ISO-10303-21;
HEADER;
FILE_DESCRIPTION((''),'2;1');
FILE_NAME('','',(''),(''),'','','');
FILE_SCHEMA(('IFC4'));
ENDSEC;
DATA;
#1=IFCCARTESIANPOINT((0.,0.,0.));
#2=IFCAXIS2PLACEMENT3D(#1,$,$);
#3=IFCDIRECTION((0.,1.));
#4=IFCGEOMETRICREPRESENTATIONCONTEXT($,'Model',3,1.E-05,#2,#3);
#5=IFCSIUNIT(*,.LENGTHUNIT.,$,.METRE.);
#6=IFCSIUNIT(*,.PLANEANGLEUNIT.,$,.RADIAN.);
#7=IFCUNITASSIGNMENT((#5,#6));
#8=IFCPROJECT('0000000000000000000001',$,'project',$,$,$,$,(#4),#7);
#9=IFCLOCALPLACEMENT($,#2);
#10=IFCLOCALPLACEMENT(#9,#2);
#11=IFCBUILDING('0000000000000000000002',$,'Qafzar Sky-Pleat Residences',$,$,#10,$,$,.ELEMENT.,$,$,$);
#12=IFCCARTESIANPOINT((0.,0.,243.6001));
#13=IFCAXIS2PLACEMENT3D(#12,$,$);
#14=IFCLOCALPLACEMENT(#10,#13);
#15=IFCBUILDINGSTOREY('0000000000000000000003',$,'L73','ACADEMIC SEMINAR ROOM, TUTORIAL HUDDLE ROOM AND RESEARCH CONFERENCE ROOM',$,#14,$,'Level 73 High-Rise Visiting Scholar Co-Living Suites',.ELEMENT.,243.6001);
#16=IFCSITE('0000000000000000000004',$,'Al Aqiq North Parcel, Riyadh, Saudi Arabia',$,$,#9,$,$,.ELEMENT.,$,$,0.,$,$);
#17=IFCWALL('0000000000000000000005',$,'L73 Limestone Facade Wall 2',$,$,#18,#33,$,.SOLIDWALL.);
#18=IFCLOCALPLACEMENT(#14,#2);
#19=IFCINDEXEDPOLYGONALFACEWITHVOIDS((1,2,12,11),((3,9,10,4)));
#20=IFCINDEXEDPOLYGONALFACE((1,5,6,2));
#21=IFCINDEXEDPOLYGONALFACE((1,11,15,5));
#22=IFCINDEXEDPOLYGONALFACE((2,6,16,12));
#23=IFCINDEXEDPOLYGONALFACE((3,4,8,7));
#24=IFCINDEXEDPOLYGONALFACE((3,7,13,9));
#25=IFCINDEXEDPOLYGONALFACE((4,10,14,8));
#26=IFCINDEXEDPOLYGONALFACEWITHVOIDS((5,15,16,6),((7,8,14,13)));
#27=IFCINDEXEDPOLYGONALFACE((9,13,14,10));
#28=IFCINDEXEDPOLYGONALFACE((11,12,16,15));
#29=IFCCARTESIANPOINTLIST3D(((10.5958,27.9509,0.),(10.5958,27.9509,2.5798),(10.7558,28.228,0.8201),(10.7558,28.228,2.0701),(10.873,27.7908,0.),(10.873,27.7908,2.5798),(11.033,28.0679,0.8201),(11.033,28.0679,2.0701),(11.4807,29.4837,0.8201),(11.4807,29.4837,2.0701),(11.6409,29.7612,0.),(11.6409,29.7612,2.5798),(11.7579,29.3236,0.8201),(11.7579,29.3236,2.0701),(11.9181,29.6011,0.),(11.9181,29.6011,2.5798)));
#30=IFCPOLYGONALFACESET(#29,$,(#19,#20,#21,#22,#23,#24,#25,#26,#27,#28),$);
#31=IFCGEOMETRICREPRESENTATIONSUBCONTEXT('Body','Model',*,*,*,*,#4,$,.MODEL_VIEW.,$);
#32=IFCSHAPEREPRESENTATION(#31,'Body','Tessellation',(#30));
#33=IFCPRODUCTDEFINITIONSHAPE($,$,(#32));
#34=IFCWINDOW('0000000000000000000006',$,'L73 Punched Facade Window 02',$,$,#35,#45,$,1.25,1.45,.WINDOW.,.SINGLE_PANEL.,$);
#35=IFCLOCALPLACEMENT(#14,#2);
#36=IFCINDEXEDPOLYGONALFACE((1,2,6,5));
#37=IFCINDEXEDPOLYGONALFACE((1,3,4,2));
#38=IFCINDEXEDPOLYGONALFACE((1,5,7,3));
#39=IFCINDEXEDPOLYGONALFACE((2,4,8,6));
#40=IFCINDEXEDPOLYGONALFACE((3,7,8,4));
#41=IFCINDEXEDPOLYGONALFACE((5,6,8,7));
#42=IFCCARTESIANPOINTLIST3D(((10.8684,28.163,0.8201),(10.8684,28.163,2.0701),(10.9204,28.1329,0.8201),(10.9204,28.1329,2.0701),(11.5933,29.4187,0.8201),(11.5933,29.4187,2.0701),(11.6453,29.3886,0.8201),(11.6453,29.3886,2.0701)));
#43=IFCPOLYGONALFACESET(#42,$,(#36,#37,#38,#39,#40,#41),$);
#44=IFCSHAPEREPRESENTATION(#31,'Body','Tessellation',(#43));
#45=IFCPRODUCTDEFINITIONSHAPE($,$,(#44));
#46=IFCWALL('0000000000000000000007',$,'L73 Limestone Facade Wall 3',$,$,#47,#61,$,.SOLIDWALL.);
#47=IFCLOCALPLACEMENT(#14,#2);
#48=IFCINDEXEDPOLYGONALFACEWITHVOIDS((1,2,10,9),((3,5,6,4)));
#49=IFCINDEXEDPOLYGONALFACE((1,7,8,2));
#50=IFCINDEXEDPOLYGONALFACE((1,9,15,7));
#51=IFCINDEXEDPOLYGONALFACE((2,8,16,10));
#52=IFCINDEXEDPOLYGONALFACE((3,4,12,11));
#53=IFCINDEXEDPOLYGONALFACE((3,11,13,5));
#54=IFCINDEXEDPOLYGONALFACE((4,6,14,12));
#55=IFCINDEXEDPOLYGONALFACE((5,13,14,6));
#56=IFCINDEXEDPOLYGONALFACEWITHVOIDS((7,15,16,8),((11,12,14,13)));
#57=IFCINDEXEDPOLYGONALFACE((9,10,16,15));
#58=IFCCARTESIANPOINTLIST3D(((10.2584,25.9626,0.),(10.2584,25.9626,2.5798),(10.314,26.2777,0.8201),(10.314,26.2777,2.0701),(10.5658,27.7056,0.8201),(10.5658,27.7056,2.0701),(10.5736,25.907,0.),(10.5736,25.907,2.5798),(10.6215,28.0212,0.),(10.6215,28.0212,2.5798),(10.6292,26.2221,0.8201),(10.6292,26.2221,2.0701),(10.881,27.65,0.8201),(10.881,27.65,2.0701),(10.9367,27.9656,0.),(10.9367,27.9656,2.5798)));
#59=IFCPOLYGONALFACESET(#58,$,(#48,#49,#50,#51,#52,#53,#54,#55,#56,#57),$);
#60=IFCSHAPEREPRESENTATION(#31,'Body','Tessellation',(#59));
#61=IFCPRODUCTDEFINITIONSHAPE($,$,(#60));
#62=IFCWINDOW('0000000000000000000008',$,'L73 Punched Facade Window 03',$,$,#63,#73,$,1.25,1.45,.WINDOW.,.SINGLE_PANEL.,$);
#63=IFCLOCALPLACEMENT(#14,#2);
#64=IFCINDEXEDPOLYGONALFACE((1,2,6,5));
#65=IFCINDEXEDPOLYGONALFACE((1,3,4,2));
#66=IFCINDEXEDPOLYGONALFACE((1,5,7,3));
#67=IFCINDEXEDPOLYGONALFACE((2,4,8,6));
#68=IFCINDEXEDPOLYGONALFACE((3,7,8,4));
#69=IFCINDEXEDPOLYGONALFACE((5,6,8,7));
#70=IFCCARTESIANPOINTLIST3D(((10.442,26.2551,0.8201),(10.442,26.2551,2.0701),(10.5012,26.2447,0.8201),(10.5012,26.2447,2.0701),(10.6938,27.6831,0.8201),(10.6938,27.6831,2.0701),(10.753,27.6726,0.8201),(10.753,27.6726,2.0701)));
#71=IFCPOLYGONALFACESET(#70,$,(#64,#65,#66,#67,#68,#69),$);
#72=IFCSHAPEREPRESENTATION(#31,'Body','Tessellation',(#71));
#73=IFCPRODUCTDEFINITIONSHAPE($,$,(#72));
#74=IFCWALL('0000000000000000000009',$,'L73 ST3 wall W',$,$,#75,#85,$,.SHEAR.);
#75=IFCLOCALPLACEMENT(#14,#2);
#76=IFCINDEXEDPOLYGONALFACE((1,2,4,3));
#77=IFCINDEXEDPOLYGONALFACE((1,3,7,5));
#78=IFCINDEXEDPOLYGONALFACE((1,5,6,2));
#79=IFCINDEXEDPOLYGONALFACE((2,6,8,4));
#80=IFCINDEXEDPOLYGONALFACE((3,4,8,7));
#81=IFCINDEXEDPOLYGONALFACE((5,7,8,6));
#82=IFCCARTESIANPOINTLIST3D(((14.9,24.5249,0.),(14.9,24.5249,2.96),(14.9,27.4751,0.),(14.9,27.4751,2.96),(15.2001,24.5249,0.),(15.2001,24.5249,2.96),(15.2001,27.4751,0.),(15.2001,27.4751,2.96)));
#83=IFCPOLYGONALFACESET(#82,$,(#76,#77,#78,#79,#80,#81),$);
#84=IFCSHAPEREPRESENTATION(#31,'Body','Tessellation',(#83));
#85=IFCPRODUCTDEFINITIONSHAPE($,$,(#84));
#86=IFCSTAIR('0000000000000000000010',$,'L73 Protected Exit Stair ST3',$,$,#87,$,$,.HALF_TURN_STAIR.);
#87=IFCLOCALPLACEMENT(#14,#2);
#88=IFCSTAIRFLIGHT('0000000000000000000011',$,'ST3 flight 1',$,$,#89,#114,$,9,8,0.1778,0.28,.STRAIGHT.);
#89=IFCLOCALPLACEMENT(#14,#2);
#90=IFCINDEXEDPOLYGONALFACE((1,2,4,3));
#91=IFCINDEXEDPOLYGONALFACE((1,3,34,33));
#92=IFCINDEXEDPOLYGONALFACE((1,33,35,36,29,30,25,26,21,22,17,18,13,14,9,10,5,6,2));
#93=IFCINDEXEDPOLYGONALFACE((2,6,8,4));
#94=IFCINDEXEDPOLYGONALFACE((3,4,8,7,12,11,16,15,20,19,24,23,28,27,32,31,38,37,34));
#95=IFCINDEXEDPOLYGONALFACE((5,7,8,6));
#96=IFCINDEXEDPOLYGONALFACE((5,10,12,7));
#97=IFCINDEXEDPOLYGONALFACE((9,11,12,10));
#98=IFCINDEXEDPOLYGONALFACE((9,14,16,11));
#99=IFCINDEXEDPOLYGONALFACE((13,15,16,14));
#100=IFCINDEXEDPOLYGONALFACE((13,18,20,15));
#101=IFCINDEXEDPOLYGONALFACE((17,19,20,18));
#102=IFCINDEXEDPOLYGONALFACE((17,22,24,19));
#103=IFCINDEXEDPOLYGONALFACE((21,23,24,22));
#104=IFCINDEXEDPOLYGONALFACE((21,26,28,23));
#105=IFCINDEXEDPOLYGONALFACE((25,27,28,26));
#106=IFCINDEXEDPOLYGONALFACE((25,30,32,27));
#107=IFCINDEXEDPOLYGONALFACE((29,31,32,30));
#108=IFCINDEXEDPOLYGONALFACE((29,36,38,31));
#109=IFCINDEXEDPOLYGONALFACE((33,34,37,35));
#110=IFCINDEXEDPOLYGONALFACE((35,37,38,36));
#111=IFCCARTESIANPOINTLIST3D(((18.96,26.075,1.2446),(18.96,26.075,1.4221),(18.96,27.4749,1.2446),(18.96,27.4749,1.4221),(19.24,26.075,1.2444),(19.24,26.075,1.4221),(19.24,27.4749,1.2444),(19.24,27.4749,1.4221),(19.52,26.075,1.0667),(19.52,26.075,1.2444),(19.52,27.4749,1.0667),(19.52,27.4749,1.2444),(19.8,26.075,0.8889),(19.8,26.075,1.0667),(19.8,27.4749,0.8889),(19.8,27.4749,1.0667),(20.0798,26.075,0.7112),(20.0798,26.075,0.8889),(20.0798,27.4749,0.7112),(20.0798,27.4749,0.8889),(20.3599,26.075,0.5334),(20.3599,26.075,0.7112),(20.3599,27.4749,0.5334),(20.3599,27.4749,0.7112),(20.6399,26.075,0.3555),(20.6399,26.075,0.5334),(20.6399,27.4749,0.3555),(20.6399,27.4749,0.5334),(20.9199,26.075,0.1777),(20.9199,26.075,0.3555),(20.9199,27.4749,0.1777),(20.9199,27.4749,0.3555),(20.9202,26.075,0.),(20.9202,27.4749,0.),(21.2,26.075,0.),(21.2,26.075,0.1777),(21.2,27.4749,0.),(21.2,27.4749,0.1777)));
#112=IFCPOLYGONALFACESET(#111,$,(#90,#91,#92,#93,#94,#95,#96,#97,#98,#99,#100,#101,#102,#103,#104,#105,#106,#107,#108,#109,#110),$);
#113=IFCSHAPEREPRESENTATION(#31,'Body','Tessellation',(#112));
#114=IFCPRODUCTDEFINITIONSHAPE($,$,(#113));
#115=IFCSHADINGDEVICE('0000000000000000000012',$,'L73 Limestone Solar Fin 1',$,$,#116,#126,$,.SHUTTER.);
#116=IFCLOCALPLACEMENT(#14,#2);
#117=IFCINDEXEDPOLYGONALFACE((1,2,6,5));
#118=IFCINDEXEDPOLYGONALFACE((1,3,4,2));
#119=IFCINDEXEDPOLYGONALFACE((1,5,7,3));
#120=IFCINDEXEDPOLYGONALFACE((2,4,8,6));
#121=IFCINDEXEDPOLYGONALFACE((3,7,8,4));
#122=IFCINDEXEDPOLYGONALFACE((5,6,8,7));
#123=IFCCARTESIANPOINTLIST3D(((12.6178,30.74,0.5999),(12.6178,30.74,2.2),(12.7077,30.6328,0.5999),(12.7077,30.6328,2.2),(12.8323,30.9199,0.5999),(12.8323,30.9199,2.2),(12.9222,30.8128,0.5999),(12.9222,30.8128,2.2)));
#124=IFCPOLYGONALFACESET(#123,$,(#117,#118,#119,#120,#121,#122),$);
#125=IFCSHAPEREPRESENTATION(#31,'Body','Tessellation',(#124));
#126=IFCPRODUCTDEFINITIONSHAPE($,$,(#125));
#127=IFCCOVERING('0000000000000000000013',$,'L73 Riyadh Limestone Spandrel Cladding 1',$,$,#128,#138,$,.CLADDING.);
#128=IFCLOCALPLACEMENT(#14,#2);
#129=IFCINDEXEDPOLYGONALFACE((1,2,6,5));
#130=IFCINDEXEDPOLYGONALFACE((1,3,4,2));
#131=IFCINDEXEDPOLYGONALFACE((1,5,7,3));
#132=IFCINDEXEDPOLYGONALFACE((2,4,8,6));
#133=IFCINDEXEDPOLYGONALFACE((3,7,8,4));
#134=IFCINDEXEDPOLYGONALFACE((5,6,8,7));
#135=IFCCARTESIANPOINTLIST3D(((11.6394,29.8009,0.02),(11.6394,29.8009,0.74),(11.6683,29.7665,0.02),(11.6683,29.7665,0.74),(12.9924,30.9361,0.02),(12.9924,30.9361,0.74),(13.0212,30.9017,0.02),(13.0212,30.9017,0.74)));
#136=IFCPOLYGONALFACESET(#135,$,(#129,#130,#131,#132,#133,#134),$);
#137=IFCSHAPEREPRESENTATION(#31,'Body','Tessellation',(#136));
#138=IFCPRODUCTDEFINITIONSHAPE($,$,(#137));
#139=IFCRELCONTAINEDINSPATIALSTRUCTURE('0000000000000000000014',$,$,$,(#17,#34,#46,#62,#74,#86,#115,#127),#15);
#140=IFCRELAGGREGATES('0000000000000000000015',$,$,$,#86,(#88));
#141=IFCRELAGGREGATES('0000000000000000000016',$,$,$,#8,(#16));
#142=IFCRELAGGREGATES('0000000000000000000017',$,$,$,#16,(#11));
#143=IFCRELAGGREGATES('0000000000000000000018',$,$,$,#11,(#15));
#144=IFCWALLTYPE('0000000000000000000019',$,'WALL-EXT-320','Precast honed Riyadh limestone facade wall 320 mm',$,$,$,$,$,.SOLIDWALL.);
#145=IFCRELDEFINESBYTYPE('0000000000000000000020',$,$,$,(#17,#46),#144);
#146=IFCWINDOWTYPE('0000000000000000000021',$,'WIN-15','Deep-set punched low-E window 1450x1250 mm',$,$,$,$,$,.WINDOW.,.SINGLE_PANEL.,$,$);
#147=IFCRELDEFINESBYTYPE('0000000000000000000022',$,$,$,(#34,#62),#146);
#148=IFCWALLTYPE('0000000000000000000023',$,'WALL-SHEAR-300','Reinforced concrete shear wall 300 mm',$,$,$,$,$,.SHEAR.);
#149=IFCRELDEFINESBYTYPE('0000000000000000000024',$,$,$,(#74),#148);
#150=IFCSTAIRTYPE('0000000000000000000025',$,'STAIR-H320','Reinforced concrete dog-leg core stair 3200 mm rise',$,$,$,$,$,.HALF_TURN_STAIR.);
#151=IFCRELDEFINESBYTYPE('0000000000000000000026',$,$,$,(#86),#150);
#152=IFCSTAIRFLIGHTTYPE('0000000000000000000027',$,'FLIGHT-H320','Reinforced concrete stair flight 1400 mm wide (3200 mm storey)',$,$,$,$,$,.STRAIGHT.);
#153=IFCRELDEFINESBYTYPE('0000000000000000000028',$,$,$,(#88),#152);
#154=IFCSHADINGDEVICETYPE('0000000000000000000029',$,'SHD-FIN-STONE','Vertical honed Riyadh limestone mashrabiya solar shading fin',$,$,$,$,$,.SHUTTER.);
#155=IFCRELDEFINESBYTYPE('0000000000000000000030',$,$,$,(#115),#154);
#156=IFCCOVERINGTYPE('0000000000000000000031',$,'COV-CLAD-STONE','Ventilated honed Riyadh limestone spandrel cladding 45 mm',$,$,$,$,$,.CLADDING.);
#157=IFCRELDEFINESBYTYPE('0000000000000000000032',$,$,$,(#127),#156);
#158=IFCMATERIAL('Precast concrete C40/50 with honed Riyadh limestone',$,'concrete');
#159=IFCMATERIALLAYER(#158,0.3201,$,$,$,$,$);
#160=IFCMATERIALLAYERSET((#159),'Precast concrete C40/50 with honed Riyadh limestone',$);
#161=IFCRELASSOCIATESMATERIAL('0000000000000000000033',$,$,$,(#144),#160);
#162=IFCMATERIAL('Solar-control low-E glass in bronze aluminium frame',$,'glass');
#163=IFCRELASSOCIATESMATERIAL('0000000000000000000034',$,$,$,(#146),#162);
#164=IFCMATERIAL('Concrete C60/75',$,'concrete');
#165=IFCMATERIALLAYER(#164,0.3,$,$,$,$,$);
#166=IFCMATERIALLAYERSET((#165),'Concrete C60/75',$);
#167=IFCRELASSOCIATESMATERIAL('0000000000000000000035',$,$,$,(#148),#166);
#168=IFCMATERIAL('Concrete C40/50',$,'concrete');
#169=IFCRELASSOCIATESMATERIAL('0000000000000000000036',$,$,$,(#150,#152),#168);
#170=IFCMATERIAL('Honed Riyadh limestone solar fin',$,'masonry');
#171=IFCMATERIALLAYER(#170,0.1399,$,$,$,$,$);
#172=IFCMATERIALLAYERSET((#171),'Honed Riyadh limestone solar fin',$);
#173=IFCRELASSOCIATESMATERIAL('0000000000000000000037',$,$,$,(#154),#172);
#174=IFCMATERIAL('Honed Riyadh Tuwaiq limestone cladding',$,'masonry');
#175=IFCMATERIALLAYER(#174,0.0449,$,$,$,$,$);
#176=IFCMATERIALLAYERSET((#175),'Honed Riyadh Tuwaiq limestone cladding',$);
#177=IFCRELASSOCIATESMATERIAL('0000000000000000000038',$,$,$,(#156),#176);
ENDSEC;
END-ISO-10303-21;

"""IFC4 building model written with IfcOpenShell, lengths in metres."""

from ifc_helpers import new_model, si_unit, direction, frame, frame_2d, origin, origin_2d, place, context, subcontext, project, spatial, polyline, rectangle, outline, extrude, source, transform, mapped, material, layer, layer_set, type_object, element, fill, aggregate, save


model = new_model("IFC4")

# Units and contexts
model_context = context("Model", 3, precision=1e-05, world=origin(), true_north=direction((0.0, 1.0)))
body_context = subcontext(model_context, "Body", "Model", "MODEL_VIEW")
ifc_project = project(units=[si_unit("LENGTHUNIT", "METRE"), si_unit("PLANEANGLEUNIT", "RADIAN")], contexts=[model_context])

# Site, building, storey
site_placement = place(None, origin())
site = spatial("IfcSite", under=ifc_project, at=site_placement, Name="Al Aqiq North Parcel, Riyadh, Saudi Arabia", CompositionType="ELEMENT", RefElevation=0.0)
building_placement = place(site_placement, origin())
building = spatial("IfcBuilding", under=site, at=building_placement, Name="Qafzar Sky-Pleat Residences", CompositionType="ELEMENT")
storey_placement = place(building_placement, frame((0.0, 0.0, 243.6001)))
storey = spatial("IfcBuildingStorey", under=building, at=storey_placement, Name="L73", Description="ACADEMIC SEMINAR ROOM, TUTORIAL HUDDLE ROOM AND RESEARCH CONFERENCE ROOM", LongName="Level 73 High-Rise Visiting Scholar Co-Living Suites", CompositionType="ELEMENT", Elevation=243.6001)

# Walls, openings, windows
ifc_material_1 = material(Name="Precast concrete C40/50 with honed Riyadh limestone", Category="concrete")
ifc_layer_1 = layer(ifc_material_1, 0.3201)
ifc_layer_set_1 = layer_set([ifc_layer_1], Name="Precast concrete C40/50 with honed Riyadh limestone")
wall_type_1 = type_object("IfcWallType", Name="WALL-EXT-320", Description="Precast honed Riyadh limestone facade wall 320 mm", PredefinedType="SOLIDWALL", material=ifc_layer_set_1)
ifc_material_2 = material(Name="Solar-control low-E glass in bronze aluminium frame", Category="glass")
wall_1_placement = place(storey_placement, frame((11.7795, 29.6812, 0.0), z_axis=(0.0, 0.0, 1.0), x_axis=(-0.499995, -0.866028, 0.0)))
wall_1 = element("IfcWall", 1, at=wall_1_placement, inside=storey, type_object=wall_type_1, Name="L73 Limestone Facade Wall 2", PredefinedType="SOLIDWALL", context=body_context, shape_type="SweptSolid", body=[
    extrude(rectangle(XDim=2.0903, YDim=0.3201, at=frame_2d((1.0452, 0.0))), origin(), (0.0, 0.0, 1.0), 2.5798),
])
opening_1_placement = place(wall_1_placement, frame((0.3203, 0.0, 0.8201)))
opening_1 = element("IfcOpeningElement", 2, at=opening_1_placement, cuts=wall_1, PredefinedType="OPENING", context=body_context, shape_type="SweptSolid", body=[
    extrude(rectangle(XDim=1.45, YDim=1.25, at=frame_2d((0.7251, 0.625))), frame((0.0, 0.1699, 0.0), z_axis=(0.0, -1.0, 0.0), x_axis=(1.0, 0.0, 0.0)), (0.0, 0.0, 1.0), 0.3401),
])
window_type_1 = type_object("IfcWindowType", Name="WIN-15", Description="Deep-set punched low-E window 1450x1250 mm", PartitioningType="SINGLE_PANEL", PredefinedType="WINDOW", material=ifc_material_2)
shared_shape_1 = source(origin(), body_context, "Body", "SweptSolid", [
    extrude(rectangle(XDim=1.45, YDim=1.25, at=frame_2d((0.7251, 0.625))), frame((0.0, 0.03, 0.0), z_axis=(0.0, -1.0, 0.0), x_axis=(1.0, 0.0, 0.0)), (0.0, 0.0, 1.0), 0.0601),
])
window_1_placement = place(opening_1_placement, origin())
window_1 = element("IfcWindow", 3, at=window_1_placement, inside=storey, type_object=window_type_1, Name="L73 Punched Facade Window 02", OverallHeight=1.25, OverallWidth=1.45, PartitioningType="SINGLE_PANEL", PredefinedType="WINDOW", context=body_context, shape_type="MappedRepresentation", body=[
    mapped(shared_shape_1, transform((0.0, 0.0, 0.0), x_axis=(1.0, 0.0, 0.0), y_axis=(0.0, 1.0, 0.0), z_axis=(0.0, 0.0, 1.0), scale=1.0)),
])
fill(opening_1, window_1)
wall_2_placement = place(storey_placement, frame((10.7791, 27.9934, 0.0), z_axis=(0.0, 0.0, 1.0), x_axis=(-0.173672, -0.984804, 0.0)))
wall_2 = element("IfcWall", 4, at=wall_2_placement, inside=storey, type_object=wall_type_1, Name="L73 Limestone Facade Wall 3", PredefinedType="SOLIDWALL", context=body_context, shape_type="SweptSolid", body=[
    extrude(rectangle(XDim=2.0903, YDim=0.3201, at=frame_2d((1.0452, 0.0))), origin(), (0.0, 0.0, 1.0), 2.5798),
])
opening_2_placement = place(wall_2_placement, frame((0.3203, 0.0, 0.8201)))
opening_2 = element("IfcOpeningElement", 5, at=opening_2_placement, cuts=wall_2, PredefinedType="OPENING", context=body_context, shape_type="SweptSolid", body=[
    extrude(rectangle(XDim=1.45, YDim=1.25, at=frame_2d((0.7251, 0.625))), frame((0.0, 0.1699, 0.0), z_axis=(0.0, -1.0, 0.0), x_axis=(1.0, 0.0, 0.0)), (0.0, 0.0, 1.0), 0.3401),
])
window_2_placement = place(opening_2_placement, origin())
window_2 = element("IfcWindow", 6, at=window_2_placement, inside=storey, type_object=window_type_1, Name="L73 Punched Facade Window 03", OverallHeight=1.25, OverallWidth=1.45, PartitioningType="SINGLE_PANEL", PredefinedType="WINDOW", context=body_context, shape_type="MappedRepresentation", body=[
    mapped(shared_shape_1, transform((0.0, 0.0, 0.0), x_axis=(1.0, 0.0, 0.0), y_axis=(0.0, 1.0, 0.0), z_axis=(0.0, 0.0, 1.0), scale=1.0)),
])
fill(opening_2, window_2)

# Wall
ifc_material_3 = material(Name="Concrete C60/75", Category="concrete")
ifc_layer_2 = layer(ifc_material_3, 0.3)
ifc_layer_set_2 = layer_set([ifc_layer_2], Name="Concrete C60/75")
wall_type_2 = type_object("IfcWallType", Name="WALL-SHEAR-300", Description="Reinforced concrete shear wall 300 mm", PredefinedType="SHEAR", material=ifc_layer_set_2)
wall_3_placement = place(storey_placement, frame((15.05, 27.4751, 0.0), z_axis=(0.0, 0.0, 1.0), x_axis=(0.0, -1.0, 0.0)))
element("IfcWall", 7, at=wall_3_placement, inside=storey, type_object=wall_type_2, Name="L73 ST3 wall W", PredefinedType="SHEAR", context=body_context, shape_type="SweptSolid", body=[
    extrude(rectangle(XDim=2.9502, YDim=0.3, at=frame_2d((1.4751, 0.0))), origin(), (0.0, 0.0, 1.0), 2.96),
])

# Stair, stair flight
ifc_material_4 = material(Name="Concrete C40/50", Category="concrete")
stair_type = type_object("IfcStairType", Name="STAIR-H320", Description="Reinforced concrete dog-leg core stair 3200 mm rise", PredefinedType="HALF_TURN_STAIR", material=ifc_material_4)
stair_placement = place(storey_placement, origin())
stair = element("IfcStair", 8, at=stair_placement, inside=storey, type_object=stair_type, Name="L73 Protected Exit Stair ST3", PredefinedType="HALF_TURN_STAIR")
stair_flight_type = type_object("IfcStairFlightType", Name="FLIGHT-H320", Description="Reinforced concrete stair flight 1400 mm wide (3200 mm storey)", PredefinedType="STRAIGHT", material=ifc_material_4)
shared_shape_2 = source(origin(), body_context, "Body", "SweptSolid", [
    extrude(outline(polyline([(0.0, 0.0), (0.0, 0.1777), (0.28, 0.1777), (0.28, 0.3555), (0.5601, 0.3555), (0.5601, 0.5334), (0.8401, 0.5334), (0.8401, 0.7112), (1.1201, 0.7112), (1.1201, 0.8889), (1.3999, 0.8889), (1.3999, 1.0667), (1.6799, 1.0667), (1.6799, 1.2444), (1.96, 1.2444), (1.96, 1.4221), (2.24, 1.4221), (2.24, 1.6001), (2.24, 1.2446), (0.2798, 0.0), (0.0, 0.0)])), frame((0.0, 0.7, 0.0), z_axis=(0.0, -1.0, 0.0), x_axis=(1.0, 0.0, 0.0)), (0.0, 0.0, 1.0), 1.3999),
])
stair_flight_placement = place(storey_placement, frame((21.2, 26.7749, 0.0), z_axis=(0.0, 0.0, 1.0), x_axis=(-1.0, 0.0, 0.0)))
stair_flight = element("IfcStairFlight", 9, at=stair_flight_placement, type_object=stair_flight_type, Name="ST3 flight 1", NumberOfRisers=9, NumberOfTreads=8, PredefinedType="STRAIGHT", RiserHeight=0.1778, TreadLength=0.28, context=body_context, shape_type="MappedRepresentation", body=[
    mapped(shared_shape_2, transform((0.0, 0.0, 0.0), x_axis=(1.0, 0.0, 0.0), y_axis=(0.0, 1.0, 0.0), z_axis=(0.0, 0.0, 1.0), scale=1.0)),
])
aggregate(stair, [stair_flight])

# Shading device
ifc_material_5 = material(Name="Honed Riyadh limestone solar fin", Category="masonry")
ifc_layer_3 = layer(ifc_material_5, 0.1399)
ifc_layer_set_3 = layer_set([ifc_layer_3], Name="Honed Riyadh limestone solar fin")
shading_device_type = type_object("IfcShadingDeviceType", Name="SHD-FIN-STONE", Description="Vertical honed Riyadh limestone mashrabiya solar shading fin", PredefinedType="SHUTTER", material=ifc_layer_set_3)
shared_shape_3 = source(origin(), body_context, "Body", "SweptSolid", [
    extrude(rectangle(XDim=0.1399, YDim=0.28, at=origin_2d()), origin(), (0.0, 0.0, 1.0), 1.6001),
])
shading_device_placement = place(storey_placement, frame((12.77, 30.7764, 0.5999), z_axis=(0.0, 0.0, 1.0), x_axis=(-0.642754, 0.766072, 0.0)))
element("IfcShadingDevice", 10, at=shading_device_placement, inside=storey, type_object=shading_device_type, Name="L73 Limestone Solar Fin 1", PredefinedType="SHUTTER", context=body_context, shape_type="MappedRepresentation", body=[
    mapped(shared_shape_3, transform((0.0, 0.0, 0.0), x_axis=(1.0, 0.0, 0.0), y_axis=(0.0, 1.0, 0.0), z_axis=(0.0, 0.0, 1.0), scale=1.0)),
])

# Covering
ifc_material_6 = material(Name="Honed Riyadh Tuwaiq limestone cladding", Category="masonry")
ifc_layer_4 = layer(ifc_material_6, 0.0449)
ifc_layer_set_4 = layer_set([ifc_layer_4], Name="Honed Riyadh Tuwaiq limestone cladding")
covering_type = type_object("IfcCoveringType", Name="COV-CLAD-STONE", Description="Ventilated honed Riyadh limestone spandrel cladding 45 mm", PredefinedType="CLADDING", material=ifc_layer_set_4)
shared_shape_4 = source(origin(), body_context, "Body", "SweptSolid", [
    extrude(rectangle(XDim=1.7661, YDim=0.0449, at=origin_2d()), origin(), (0.0, 0.0, 1.0), 0.72),
])
covering_placement = place(storey_placement, frame((12.3303, 30.3513, 0.02), z_axis=(0.0, 0.0, 1.0), x_axis=(-0.766074, -0.642752, 0.0)))
element("IfcCovering", 11, at=covering_placement, inside=storey, type_object=covering_type, Name="L73 Riyadh Limestone Spandrel Cladding 1", PredefinedType="CLADDING", context=body_context, shape_type="MappedRepresentation", body=[
    mapped(shared_shape_4, transform((0.0, 0.0, 0.0), x_axis=(1.0, 0.0, 0.0), y_axis=(0.0, 1.0, 0.0), z_axis=(0.0, 0.0, 1.0), scale=1.0)),
])

save(model, "model.ifc")
